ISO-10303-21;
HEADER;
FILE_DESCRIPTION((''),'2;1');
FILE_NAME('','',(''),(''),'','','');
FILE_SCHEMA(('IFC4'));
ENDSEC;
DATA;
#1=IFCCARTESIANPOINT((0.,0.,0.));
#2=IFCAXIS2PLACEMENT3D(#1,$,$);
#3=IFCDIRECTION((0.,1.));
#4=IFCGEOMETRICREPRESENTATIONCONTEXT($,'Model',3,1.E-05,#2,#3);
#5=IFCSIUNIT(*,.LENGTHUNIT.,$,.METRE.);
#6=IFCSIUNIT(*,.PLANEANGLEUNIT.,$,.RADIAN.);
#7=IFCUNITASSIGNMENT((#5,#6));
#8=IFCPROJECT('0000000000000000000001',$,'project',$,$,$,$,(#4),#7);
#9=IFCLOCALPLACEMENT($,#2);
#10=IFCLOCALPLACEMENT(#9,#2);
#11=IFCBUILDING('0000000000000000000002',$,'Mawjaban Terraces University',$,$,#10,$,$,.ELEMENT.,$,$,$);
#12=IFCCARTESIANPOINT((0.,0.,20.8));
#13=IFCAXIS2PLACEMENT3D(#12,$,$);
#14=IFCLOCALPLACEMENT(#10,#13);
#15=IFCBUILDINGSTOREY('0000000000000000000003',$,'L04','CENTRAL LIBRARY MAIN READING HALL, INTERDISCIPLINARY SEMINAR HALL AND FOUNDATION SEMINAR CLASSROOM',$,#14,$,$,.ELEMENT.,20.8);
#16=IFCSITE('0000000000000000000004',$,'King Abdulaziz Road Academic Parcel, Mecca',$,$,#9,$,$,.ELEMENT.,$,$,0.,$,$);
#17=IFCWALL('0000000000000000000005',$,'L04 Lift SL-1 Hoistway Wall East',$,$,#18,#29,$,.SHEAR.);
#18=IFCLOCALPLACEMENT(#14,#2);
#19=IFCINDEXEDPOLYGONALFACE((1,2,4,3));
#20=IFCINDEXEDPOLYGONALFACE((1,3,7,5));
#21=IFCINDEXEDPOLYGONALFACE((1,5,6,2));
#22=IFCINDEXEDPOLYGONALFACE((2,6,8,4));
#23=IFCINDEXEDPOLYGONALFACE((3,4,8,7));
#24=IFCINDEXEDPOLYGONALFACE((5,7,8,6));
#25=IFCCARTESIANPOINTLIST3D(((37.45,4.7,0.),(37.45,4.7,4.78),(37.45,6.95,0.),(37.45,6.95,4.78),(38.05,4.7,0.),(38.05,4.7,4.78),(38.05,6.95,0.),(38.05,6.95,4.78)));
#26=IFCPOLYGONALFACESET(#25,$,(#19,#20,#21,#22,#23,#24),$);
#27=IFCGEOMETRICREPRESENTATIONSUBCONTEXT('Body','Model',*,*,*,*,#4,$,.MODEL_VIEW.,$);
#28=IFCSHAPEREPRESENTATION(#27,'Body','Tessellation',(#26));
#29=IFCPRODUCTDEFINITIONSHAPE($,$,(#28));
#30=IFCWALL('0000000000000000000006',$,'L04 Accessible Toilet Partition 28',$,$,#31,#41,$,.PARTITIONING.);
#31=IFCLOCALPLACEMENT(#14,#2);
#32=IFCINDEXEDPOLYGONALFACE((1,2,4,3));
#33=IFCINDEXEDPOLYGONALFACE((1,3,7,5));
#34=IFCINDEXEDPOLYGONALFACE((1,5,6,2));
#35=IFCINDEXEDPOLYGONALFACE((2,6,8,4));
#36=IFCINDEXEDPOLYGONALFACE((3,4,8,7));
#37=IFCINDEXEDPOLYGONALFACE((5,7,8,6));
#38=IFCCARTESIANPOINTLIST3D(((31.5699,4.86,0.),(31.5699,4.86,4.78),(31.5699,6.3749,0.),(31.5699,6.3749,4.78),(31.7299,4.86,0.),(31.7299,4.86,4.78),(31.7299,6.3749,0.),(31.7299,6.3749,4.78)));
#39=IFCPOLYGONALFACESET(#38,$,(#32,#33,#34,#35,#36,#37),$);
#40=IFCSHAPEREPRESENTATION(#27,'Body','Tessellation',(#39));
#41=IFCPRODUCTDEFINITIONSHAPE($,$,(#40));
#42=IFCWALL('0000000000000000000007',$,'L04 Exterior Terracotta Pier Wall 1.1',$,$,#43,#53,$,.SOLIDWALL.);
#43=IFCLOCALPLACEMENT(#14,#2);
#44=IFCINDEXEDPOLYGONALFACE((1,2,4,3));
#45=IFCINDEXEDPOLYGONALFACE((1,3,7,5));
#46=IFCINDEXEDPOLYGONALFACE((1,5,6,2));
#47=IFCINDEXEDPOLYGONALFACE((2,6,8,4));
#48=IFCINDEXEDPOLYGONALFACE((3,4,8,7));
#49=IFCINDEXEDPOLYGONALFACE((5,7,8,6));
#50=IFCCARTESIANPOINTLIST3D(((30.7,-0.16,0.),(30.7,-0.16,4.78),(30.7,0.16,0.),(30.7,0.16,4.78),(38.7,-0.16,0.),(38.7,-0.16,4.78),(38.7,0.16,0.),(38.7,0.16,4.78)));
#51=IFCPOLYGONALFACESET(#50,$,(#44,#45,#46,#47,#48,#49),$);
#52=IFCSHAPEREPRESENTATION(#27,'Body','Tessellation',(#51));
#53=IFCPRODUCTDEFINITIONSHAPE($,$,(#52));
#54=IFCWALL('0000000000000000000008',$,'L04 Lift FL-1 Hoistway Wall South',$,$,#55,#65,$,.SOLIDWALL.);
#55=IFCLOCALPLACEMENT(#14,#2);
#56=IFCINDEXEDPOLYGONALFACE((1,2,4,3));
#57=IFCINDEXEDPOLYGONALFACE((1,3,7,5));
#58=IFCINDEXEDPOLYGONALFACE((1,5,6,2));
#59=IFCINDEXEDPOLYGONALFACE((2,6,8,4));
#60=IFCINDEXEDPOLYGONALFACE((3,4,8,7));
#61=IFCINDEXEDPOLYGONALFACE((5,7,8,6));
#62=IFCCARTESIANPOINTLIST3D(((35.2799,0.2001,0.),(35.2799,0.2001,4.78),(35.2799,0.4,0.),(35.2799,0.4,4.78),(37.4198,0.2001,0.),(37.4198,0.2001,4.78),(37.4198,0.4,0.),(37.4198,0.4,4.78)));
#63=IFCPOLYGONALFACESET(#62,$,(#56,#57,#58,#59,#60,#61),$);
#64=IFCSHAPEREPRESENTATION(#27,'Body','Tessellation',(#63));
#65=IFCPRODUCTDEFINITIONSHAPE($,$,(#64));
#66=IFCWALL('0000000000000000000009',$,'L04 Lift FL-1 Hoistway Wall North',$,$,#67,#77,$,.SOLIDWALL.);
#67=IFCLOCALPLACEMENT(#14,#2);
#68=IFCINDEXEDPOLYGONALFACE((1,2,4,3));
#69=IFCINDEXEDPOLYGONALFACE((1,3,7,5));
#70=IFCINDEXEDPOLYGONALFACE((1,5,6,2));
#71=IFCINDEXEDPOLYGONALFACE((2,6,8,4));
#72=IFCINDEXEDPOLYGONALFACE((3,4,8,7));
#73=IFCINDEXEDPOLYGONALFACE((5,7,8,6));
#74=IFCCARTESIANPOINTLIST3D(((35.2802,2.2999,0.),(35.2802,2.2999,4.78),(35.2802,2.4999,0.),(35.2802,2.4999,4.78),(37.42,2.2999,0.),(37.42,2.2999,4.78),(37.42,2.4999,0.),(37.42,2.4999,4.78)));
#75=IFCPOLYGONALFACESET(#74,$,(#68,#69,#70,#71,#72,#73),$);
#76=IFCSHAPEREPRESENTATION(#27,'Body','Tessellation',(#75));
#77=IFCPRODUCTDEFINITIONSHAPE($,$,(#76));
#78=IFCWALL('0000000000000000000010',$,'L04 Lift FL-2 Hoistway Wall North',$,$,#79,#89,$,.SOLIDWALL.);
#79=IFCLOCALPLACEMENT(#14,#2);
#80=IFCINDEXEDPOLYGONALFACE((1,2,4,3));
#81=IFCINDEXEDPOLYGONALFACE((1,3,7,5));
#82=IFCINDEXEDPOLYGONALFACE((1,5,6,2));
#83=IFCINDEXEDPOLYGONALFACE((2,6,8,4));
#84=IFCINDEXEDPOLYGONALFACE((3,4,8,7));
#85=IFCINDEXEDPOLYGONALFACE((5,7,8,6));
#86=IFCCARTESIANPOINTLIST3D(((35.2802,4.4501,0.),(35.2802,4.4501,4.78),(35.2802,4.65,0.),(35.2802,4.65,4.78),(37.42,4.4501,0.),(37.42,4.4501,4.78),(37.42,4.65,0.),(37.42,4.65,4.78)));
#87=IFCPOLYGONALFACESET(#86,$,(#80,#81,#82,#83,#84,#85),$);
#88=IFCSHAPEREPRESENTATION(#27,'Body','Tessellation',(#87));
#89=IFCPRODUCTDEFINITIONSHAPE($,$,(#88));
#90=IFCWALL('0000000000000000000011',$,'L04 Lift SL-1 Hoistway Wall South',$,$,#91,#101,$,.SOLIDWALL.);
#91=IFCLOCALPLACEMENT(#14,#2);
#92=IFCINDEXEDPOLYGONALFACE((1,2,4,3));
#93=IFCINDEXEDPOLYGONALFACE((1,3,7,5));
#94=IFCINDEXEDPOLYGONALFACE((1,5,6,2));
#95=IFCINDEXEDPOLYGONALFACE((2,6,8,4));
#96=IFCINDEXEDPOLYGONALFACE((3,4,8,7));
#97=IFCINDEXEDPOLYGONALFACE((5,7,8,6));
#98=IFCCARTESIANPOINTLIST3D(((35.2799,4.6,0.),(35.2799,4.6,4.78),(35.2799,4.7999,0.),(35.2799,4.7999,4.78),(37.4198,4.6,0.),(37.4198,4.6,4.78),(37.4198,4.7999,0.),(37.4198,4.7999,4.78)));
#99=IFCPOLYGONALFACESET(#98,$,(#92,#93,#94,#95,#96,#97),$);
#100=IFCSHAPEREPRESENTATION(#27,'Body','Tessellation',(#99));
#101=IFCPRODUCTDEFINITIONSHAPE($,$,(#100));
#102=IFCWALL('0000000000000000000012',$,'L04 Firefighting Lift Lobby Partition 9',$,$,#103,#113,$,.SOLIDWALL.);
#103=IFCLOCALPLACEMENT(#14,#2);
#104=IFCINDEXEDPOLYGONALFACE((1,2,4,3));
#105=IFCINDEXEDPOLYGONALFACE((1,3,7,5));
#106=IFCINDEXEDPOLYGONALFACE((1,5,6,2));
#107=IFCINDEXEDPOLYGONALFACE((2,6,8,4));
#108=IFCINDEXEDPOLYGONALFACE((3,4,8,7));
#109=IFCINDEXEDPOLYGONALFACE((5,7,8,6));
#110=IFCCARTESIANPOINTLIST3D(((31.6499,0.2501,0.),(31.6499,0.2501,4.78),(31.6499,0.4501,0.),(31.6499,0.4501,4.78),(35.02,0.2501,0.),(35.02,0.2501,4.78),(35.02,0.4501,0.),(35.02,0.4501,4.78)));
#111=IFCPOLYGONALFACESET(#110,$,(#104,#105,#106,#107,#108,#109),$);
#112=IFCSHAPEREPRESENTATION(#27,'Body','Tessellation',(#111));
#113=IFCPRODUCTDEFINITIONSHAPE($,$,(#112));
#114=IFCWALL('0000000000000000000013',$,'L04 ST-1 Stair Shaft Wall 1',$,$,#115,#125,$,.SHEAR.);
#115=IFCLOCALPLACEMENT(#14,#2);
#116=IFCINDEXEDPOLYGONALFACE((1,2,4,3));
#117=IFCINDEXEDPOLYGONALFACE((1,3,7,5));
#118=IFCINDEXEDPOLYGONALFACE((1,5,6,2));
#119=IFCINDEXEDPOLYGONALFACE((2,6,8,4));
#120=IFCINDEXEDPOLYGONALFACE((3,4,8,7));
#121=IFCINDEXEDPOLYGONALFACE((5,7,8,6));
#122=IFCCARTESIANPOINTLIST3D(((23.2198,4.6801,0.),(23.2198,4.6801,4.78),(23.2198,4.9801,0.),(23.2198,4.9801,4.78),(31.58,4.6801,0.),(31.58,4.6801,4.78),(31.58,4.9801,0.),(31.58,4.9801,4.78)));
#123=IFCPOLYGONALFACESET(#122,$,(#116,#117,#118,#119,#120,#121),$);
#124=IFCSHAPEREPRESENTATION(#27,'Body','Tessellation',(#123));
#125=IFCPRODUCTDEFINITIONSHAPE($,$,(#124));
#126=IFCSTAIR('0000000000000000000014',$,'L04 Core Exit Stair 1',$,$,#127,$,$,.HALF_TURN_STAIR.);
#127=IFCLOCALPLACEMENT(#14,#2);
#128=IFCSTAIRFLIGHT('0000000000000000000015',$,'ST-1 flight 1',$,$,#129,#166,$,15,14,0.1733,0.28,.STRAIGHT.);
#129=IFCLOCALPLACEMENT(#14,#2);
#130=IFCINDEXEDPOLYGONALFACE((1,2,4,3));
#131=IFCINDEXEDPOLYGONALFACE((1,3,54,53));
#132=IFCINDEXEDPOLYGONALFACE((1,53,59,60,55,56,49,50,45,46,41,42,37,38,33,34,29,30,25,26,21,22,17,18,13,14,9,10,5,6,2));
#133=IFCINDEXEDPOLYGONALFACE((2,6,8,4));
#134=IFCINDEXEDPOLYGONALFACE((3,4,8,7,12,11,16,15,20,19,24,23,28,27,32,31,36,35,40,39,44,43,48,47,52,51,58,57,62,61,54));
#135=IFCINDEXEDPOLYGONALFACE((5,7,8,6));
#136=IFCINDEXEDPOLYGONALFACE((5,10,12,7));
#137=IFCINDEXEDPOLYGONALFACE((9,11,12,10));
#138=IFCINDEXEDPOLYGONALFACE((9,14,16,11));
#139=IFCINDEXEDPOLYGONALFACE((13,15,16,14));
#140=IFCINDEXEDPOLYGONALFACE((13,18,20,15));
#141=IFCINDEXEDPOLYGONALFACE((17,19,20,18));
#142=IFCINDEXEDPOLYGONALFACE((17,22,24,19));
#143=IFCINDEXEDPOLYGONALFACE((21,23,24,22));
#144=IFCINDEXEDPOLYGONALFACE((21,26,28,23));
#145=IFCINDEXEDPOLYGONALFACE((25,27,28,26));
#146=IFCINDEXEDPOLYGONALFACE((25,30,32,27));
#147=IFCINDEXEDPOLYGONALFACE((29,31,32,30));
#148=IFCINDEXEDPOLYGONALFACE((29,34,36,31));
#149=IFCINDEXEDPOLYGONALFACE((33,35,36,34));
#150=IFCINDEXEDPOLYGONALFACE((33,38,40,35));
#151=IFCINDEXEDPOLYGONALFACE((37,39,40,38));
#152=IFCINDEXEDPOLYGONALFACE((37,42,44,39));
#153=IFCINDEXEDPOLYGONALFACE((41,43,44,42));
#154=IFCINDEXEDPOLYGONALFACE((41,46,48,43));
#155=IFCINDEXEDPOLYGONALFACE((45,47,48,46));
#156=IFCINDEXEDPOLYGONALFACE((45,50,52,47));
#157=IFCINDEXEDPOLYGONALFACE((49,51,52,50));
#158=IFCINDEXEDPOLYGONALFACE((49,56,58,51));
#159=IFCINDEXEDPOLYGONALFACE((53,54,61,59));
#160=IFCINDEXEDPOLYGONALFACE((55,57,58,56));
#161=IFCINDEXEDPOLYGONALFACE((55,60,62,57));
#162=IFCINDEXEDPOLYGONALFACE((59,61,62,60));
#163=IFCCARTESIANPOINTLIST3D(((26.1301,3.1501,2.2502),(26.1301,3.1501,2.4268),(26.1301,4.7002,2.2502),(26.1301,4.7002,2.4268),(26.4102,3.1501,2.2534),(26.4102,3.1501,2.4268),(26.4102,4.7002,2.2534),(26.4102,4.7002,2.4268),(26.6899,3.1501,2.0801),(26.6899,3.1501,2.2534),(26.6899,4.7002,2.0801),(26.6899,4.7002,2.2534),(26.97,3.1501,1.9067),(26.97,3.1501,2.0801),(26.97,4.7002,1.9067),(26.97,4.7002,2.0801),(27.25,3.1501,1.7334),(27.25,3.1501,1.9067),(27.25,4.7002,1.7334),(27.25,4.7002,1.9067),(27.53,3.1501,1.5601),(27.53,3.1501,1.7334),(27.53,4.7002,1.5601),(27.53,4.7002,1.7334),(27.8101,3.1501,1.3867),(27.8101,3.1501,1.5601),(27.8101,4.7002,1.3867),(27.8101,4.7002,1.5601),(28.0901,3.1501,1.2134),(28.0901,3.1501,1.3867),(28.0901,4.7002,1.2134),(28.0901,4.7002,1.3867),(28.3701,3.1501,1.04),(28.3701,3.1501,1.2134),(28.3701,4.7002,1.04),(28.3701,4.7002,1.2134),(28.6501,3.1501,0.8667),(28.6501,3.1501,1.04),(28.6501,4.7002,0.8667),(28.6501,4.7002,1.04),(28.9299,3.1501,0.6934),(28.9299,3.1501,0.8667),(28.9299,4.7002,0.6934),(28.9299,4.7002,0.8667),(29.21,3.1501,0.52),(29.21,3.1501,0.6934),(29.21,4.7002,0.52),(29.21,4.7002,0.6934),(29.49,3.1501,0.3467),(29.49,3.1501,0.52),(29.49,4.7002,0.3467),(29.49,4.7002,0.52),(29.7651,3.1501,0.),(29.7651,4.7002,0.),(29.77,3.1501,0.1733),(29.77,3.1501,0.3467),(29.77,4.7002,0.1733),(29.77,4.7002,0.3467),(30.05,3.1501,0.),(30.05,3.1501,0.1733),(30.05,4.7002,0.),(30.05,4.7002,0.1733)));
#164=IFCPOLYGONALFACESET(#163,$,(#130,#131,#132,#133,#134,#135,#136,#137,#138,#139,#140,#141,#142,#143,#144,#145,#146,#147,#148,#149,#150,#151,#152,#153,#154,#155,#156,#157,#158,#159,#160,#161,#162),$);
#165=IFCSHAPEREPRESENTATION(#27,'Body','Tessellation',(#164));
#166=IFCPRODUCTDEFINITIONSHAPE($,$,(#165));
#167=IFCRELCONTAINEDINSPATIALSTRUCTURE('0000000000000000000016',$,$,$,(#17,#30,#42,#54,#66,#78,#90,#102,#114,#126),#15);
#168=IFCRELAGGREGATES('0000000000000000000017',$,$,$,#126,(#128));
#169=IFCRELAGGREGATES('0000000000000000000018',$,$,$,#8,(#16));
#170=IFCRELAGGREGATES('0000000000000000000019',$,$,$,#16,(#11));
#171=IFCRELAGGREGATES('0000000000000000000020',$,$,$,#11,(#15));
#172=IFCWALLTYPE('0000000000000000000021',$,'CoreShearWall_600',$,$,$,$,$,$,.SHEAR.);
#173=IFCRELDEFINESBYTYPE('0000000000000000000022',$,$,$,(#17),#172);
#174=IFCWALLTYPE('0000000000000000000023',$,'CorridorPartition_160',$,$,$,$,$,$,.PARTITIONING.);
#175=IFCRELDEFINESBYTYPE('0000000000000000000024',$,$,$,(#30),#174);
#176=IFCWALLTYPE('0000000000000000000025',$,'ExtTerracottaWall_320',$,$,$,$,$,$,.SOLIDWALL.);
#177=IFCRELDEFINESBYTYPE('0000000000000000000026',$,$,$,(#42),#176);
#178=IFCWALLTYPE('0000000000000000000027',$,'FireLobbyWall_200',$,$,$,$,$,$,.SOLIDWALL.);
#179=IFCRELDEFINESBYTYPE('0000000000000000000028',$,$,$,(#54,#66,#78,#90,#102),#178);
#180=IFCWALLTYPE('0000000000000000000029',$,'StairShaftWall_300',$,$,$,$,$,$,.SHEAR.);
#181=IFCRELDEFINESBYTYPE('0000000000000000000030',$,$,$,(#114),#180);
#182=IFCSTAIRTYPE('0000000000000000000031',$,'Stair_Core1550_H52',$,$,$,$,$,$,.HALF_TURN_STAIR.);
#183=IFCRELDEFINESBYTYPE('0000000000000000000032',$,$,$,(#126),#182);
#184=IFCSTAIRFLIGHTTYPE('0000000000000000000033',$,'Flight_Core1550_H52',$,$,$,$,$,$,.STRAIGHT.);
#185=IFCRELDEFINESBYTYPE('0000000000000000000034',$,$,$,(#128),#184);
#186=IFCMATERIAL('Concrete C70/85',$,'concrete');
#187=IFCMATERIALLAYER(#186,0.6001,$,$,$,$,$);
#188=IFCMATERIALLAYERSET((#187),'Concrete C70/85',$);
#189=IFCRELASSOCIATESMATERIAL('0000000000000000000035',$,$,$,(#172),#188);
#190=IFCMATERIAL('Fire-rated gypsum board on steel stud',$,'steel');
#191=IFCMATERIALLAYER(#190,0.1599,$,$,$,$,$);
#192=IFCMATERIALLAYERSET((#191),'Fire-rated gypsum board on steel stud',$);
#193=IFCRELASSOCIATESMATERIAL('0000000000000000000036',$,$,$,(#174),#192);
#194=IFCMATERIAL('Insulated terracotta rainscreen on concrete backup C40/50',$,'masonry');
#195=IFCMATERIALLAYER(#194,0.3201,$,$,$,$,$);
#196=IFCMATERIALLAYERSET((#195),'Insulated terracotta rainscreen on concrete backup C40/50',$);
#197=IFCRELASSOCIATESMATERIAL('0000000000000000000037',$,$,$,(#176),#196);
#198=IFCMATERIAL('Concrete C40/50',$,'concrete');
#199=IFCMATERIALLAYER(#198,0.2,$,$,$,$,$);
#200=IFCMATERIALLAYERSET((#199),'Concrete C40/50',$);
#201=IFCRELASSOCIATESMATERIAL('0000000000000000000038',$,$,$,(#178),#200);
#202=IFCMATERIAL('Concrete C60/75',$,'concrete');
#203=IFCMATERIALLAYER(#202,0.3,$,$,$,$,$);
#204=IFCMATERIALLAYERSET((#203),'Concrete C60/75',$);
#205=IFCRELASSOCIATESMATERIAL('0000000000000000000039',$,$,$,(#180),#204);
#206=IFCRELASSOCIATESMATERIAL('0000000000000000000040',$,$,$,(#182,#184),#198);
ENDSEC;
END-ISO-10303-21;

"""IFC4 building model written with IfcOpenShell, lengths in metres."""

from ifc_helpers import new_model, si_unit, direction, frame, frame_2d, origin, place, context, subcontext, project, spatial, polyline, rectangle, outline, extrude, material, layer, layer_set, type_object, element, aggregate, save


model = new_model("IFC4")

# Units and contexts
model_context = context("Model", 3, precision=1e-05, world=origin(), true_north=direction((0.0, 1.0)))
body_context = subcontext(model_context, "Body", "Model", "MODEL_VIEW")
ifc_project = project(units=[si_unit("LENGTHUNIT", "METRE"), si_unit("PLANEANGLEUNIT", "RADIAN")], contexts=[model_context])

# Site, building, storey
site_placement = place(None, origin())
site = spatial("IfcSite", under=ifc_project, at=site_placement, Name="King Abdulaziz Road Academic Parcel, Mecca", CompositionType="ELEMENT", RefElevation=0.0)
building_placement = place(site_placement, origin())
building = spatial("IfcBuilding", under=site, at=building_placement, Name="Mawjaban Terraces University", CompositionType="ELEMENT")
storey_placement = place(building_placement, frame((0.0, 0.0, 20.8)))
storey = spatial("IfcBuildingStorey", under=building, at=storey_placement, Name="L04", Description="CENTRAL LIBRARY MAIN READING HALL, INTERDISCIPLINARY SEMINAR HALL AND FOUNDATION SEMINAR CLASSROOM", CompositionType="ELEMENT", Elevation=20.8)

# Shared definitions
ifc_material_1 = material(Name="Concrete C70/85", Category="concrete")

# Walls
ifc_layer_1 = layer(ifc_material_1, 0.6001)
ifc_layer_set_1 = layer_set([ifc_layer_1], Name="Concrete C70/85")
wall_type_1 = type_object("IfcWallType", Name="CoreShearWall_600", PredefinedType="SHEAR", material=ifc_layer_set_1)
wall_1_placement = place(storey_placement, frame((37.75, 4.7, 0.0), z_axis=(0.0, 0.0, 1.0), x_axis=(0.0, 1.0, 0.0)))
element("IfcWall", 1, at=wall_1_placement, inside=storey, type_object=wall_type_1, Name="L04 Lift SL-1 Hoistway Wall East", PredefinedType="SHEAR", context=body_context, shape_type="SweptSolid", body=[
    extrude(rectangle(XDim=2.25, YDim=0.6001, at=frame_2d((1.125, 0.0))), origin(), (0.0, 0.0, 1.0), 4.78),
])
ifc_material_2 = material(Name="Fire-rated gypsum board on steel stud", Category="steel")
ifc_layer_2 = layer(ifc_material_2, 0.1599)
ifc_layer_set_2 = layer_set([ifc_layer_2], Name="Fire-rated gypsum board on steel stud")
wall_type_2 = type_object("IfcWallType", Name="CorridorPartition_160", PredefinedType="PARTITIONING", material=ifc_layer_set_2)
wall_2_placement = place(storey_placement, frame((31.6499, 4.8601, 0.0), z_axis=(0.0, 0.0, 1.0), x_axis=(0.0, 1.0, 0.0)))
element("IfcWall", 2, at=wall_2_placement, inside=storey, type_object=wall_type_2, Name="L04 Accessible Toilet Partition 28", PredefinedType="PARTITIONING", context=body_context, shape_type="SweptSolid", body=[
    extrude(rectangle(XDim=1.5149, YDim=0.1599, at=frame_2d((0.7573, 0.0))), origin(), (0.0, 0.0, 1.0), 4.78),
])
ifc_material_3 = material(Name="Insulated terracotta rainscreen on concrete backup C40/50", Category="masonry")
ifc_layer_3 = layer(ifc_material_3, 0.3201)
ifc_layer_set_3 = layer_set([ifc_layer_3], Name="Insulated terracotta rainscreen on concrete backup C40/50")
wall_type_3 = type_object("IfcWallType", Name="ExtTerracottaWall_320", PredefinedType="SOLIDWALL", material=ifc_layer_set_3)
wall_3_placement = place(storey_placement, frame((30.7, 0.0, 0.0), z_axis=(0.0, 0.0, 1.0), x_axis=(1.0, 0.0, 0.0)))
element("IfcWall", 3, at=wall_3_placement, inside=storey, type_object=wall_type_3, Name="L04 Exterior Terracotta Pier Wall 1.1", PredefinedType="SOLIDWALL", context=body_context, shape_type="SweptSolid", body=[
    extrude(rectangle(XDim=8.0, YDim=0.3201, at=frame_2d((4.0, 0.0))), origin(), (0.0, 0.0, 1.0), 4.78),
])

# Shared definitions
ifc_material_4 = material(Name="Concrete C40/50", Category="concrete")
ifc_layer_4 = layer(ifc_material_4, 0.2)
ifc_layer_set_4 = layer_set([ifc_layer_4], Name="Concrete C40/50")
wall_type_4 = type_object("IfcWallType", Name="FireLobbyWall_200", PredefinedType="SOLIDWALL", material=ifc_layer_set_4)

# Walls
for number, where, z_axis, x_axis, name in (
    (4, (35.28, 0.3, 0.0), (0.0, 0.0, 1.0), (1.0, 0.0, 0.0), "L04 Lift FL-1 Hoistway Wall South"),
    (5, (37.4199, 2.3999, 0.0), (0.0, 0.0, 1.0), (-1.0, 0.0, 0.0), "L04 Lift FL-1 Hoistway Wall North"),
):
    element("IfcWall", number, at=place(storey_placement, frame(where, z_axis=z_axis, x_axis=x_axis)), inside=storey, type_object=wall_type_4, Name=name, PredefinedType="SOLIDWALL", context=body_context, shape_type="SweptSolid", body=[
        extrude(rectangle(XDim=2.1399, YDim=0.2, at=frame_2d((1.0698, 0.0))), origin(), (0.0, 0.0, 1.0), 4.78),
    ])

# Walls
for number, where, z_axis, x_axis, name in (
    (6, (37.4199, 4.55, 0.0), (0.0, 0.0, 1.0), (-1.0, 0.0, 0.0), "L04 Lift FL-2 Hoistway Wall North"),
    (7, (35.28, 4.7, 0.0), (0.0, 0.0, 1.0), (1.0, 0.0, 0.0), "L04 Lift SL-1 Hoistway Wall South"),
):
    element("IfcWall", number, at=place(storey_placement, frame(where, z_axis=z_axis, x_axis=x_axis)), inside=storey, type_object=wall_type_4, Name=name, PredefinedType="SOLIDWALL", context=body_context, shape_type="SweptSolid", body=[
        extrude(rectangle(XDim=2.1399, YDim=0.2, at=frame_2d((1.0698, 0.0))), origin(), (0.0, 0.0, 1.0), 4.78),
    ])
wall_4_placement = place(storey_placement, frame((31.6499, 0.3501, 0.0), z_axis=(0.0, 0.0, 1.0), x_axis=(1.0, 0.0, 0.0)))
element("IfcWall", 8, at=wall_4_placement, inside=storey, type_object=wall_type_4, Name="L04 Firefighting Lift Lobby Partition 9", PredefinedType="SOLIDWALL", context=body_context, shape_type="SweptSolid", body=[
    extrude(rectangle(XDim=3.3701, YDim=0.2, at=frame_2d((1.6851, 0.0))), origin(), (0.0, 0.0, 1.0), 4.78),
])

# Wall
ifc_material_5 = material(Name="Concrete C60/75", Category="concrete")
ifc_layer_5 = layer(ifc_material_5, 0.3)
ifc_layer_set_5 = layer_set([ifc_layer_5], Name="Concrete C60/75")
wall_type_5 = type_object("IfcWallType", Name="StairShaftWall_300", PredefinedType="SHEAR", material=ifc_layer_set_5)
wall_5_placement = place(storey_placement, frame((31.5801, 4.8301, 0.0), z_axis=(0.0, 0.0, 1.0), x_axis=(-1.0, 0.0, 0.0)))
element("IfcWall", 9, at=wall_5_placement, inside=storey, type_object=wall_type_5, Name="L04 ST-1 Stair Shaft Wall 1", PredefinedType="SHEAR", context=body_context, shape_type="SweptSolid", body=[
    extrude(rectangle(XDim=8.3601, YDim=0.3, at=frame_2d((4.1802, 0.0))), origin(), (0.0, 0.0, 1.0), 4.78),
])

# Stair, stair flight
stair_type = type_object("IfcStairType", Name="Stair_Core1550_H52", PredefinedType="HALF_TURN_STAIR", material=ifc_material_4)
stair_placement = place(storey_placement, origin())
stair = element("IfcStair", 10, at=stair_placement, inside=storey, type_object=stair_type, Name="L04 Core Exit Stair 1", PredefinedType="HALF_TURN_STAIR")
stair_flight_type = type_object("IfcStairFlightType", Name="Flight_Core1550_H52", PredefinedType="STRAIGHT", material=ifc_material_4)
stair_flight_placement = place(storey_placement, frame((30.05, 3.925, 0.0), z_axis=(0.0, 0.0, 1.0), x_axis=(-1.0, 0.0, 0.0)))
stair_flight = element("IfcStairFlight", 11, at=stair_flight_placement, type_object=stair_flight_type, Name="ST-1 flight 1", NumberOfRisers=15, NumberOfTreads=14, PredefinedType="STRAIGHT", RiserHeight=0.1733, TreadLength=0.28, context=body_context, shape_type="SweptSolid", body=[
    extrude(outline(polyline([(0.0, 0.0), (0.0, 0.1733), (0.28, 0.1733), (0.28, 0.3467), (0.5601, 0.3467), (0.5601, 0.52), (0.8401, 0.52), (0.8401, 0.6934), (1.1201, 0.6934), (1.1201, 0.8667), (1.3999, 0.8667), (1.3999, 1.04), (1.6799, 1.04), (1.6799, 1.2134), (1.96, 1.2134), (1.96, 1.3867), (2.24, 1.3867), (2.24, 1.5601), (2.52, 1.5601), (2.52, 1.7334), (2.8, 1.7334), (2.8, 1.9067), (3.0801, 1.9067), (3.0801, 2.0801), (3.3601, 2.0801), (3.3601, 2.2534), (3.6399, 2.2534), (3.6399, 2.4268), (3.9199, 2.4268), (3.9199, 2.6001), (3.9199, 2.2502), (0.2849, 0.0), (0.0, 0.0)])), frame((0.0, 0.7749, 0.0), z_axis=(0.0, -1.0, 0.0), x_axis=(1.0, 0.0, 0.0)), (0.0, 0.0, 1.0), 1.55),
])
aggregate(stair, [stair_flight])

save(model, "model.ifc")
